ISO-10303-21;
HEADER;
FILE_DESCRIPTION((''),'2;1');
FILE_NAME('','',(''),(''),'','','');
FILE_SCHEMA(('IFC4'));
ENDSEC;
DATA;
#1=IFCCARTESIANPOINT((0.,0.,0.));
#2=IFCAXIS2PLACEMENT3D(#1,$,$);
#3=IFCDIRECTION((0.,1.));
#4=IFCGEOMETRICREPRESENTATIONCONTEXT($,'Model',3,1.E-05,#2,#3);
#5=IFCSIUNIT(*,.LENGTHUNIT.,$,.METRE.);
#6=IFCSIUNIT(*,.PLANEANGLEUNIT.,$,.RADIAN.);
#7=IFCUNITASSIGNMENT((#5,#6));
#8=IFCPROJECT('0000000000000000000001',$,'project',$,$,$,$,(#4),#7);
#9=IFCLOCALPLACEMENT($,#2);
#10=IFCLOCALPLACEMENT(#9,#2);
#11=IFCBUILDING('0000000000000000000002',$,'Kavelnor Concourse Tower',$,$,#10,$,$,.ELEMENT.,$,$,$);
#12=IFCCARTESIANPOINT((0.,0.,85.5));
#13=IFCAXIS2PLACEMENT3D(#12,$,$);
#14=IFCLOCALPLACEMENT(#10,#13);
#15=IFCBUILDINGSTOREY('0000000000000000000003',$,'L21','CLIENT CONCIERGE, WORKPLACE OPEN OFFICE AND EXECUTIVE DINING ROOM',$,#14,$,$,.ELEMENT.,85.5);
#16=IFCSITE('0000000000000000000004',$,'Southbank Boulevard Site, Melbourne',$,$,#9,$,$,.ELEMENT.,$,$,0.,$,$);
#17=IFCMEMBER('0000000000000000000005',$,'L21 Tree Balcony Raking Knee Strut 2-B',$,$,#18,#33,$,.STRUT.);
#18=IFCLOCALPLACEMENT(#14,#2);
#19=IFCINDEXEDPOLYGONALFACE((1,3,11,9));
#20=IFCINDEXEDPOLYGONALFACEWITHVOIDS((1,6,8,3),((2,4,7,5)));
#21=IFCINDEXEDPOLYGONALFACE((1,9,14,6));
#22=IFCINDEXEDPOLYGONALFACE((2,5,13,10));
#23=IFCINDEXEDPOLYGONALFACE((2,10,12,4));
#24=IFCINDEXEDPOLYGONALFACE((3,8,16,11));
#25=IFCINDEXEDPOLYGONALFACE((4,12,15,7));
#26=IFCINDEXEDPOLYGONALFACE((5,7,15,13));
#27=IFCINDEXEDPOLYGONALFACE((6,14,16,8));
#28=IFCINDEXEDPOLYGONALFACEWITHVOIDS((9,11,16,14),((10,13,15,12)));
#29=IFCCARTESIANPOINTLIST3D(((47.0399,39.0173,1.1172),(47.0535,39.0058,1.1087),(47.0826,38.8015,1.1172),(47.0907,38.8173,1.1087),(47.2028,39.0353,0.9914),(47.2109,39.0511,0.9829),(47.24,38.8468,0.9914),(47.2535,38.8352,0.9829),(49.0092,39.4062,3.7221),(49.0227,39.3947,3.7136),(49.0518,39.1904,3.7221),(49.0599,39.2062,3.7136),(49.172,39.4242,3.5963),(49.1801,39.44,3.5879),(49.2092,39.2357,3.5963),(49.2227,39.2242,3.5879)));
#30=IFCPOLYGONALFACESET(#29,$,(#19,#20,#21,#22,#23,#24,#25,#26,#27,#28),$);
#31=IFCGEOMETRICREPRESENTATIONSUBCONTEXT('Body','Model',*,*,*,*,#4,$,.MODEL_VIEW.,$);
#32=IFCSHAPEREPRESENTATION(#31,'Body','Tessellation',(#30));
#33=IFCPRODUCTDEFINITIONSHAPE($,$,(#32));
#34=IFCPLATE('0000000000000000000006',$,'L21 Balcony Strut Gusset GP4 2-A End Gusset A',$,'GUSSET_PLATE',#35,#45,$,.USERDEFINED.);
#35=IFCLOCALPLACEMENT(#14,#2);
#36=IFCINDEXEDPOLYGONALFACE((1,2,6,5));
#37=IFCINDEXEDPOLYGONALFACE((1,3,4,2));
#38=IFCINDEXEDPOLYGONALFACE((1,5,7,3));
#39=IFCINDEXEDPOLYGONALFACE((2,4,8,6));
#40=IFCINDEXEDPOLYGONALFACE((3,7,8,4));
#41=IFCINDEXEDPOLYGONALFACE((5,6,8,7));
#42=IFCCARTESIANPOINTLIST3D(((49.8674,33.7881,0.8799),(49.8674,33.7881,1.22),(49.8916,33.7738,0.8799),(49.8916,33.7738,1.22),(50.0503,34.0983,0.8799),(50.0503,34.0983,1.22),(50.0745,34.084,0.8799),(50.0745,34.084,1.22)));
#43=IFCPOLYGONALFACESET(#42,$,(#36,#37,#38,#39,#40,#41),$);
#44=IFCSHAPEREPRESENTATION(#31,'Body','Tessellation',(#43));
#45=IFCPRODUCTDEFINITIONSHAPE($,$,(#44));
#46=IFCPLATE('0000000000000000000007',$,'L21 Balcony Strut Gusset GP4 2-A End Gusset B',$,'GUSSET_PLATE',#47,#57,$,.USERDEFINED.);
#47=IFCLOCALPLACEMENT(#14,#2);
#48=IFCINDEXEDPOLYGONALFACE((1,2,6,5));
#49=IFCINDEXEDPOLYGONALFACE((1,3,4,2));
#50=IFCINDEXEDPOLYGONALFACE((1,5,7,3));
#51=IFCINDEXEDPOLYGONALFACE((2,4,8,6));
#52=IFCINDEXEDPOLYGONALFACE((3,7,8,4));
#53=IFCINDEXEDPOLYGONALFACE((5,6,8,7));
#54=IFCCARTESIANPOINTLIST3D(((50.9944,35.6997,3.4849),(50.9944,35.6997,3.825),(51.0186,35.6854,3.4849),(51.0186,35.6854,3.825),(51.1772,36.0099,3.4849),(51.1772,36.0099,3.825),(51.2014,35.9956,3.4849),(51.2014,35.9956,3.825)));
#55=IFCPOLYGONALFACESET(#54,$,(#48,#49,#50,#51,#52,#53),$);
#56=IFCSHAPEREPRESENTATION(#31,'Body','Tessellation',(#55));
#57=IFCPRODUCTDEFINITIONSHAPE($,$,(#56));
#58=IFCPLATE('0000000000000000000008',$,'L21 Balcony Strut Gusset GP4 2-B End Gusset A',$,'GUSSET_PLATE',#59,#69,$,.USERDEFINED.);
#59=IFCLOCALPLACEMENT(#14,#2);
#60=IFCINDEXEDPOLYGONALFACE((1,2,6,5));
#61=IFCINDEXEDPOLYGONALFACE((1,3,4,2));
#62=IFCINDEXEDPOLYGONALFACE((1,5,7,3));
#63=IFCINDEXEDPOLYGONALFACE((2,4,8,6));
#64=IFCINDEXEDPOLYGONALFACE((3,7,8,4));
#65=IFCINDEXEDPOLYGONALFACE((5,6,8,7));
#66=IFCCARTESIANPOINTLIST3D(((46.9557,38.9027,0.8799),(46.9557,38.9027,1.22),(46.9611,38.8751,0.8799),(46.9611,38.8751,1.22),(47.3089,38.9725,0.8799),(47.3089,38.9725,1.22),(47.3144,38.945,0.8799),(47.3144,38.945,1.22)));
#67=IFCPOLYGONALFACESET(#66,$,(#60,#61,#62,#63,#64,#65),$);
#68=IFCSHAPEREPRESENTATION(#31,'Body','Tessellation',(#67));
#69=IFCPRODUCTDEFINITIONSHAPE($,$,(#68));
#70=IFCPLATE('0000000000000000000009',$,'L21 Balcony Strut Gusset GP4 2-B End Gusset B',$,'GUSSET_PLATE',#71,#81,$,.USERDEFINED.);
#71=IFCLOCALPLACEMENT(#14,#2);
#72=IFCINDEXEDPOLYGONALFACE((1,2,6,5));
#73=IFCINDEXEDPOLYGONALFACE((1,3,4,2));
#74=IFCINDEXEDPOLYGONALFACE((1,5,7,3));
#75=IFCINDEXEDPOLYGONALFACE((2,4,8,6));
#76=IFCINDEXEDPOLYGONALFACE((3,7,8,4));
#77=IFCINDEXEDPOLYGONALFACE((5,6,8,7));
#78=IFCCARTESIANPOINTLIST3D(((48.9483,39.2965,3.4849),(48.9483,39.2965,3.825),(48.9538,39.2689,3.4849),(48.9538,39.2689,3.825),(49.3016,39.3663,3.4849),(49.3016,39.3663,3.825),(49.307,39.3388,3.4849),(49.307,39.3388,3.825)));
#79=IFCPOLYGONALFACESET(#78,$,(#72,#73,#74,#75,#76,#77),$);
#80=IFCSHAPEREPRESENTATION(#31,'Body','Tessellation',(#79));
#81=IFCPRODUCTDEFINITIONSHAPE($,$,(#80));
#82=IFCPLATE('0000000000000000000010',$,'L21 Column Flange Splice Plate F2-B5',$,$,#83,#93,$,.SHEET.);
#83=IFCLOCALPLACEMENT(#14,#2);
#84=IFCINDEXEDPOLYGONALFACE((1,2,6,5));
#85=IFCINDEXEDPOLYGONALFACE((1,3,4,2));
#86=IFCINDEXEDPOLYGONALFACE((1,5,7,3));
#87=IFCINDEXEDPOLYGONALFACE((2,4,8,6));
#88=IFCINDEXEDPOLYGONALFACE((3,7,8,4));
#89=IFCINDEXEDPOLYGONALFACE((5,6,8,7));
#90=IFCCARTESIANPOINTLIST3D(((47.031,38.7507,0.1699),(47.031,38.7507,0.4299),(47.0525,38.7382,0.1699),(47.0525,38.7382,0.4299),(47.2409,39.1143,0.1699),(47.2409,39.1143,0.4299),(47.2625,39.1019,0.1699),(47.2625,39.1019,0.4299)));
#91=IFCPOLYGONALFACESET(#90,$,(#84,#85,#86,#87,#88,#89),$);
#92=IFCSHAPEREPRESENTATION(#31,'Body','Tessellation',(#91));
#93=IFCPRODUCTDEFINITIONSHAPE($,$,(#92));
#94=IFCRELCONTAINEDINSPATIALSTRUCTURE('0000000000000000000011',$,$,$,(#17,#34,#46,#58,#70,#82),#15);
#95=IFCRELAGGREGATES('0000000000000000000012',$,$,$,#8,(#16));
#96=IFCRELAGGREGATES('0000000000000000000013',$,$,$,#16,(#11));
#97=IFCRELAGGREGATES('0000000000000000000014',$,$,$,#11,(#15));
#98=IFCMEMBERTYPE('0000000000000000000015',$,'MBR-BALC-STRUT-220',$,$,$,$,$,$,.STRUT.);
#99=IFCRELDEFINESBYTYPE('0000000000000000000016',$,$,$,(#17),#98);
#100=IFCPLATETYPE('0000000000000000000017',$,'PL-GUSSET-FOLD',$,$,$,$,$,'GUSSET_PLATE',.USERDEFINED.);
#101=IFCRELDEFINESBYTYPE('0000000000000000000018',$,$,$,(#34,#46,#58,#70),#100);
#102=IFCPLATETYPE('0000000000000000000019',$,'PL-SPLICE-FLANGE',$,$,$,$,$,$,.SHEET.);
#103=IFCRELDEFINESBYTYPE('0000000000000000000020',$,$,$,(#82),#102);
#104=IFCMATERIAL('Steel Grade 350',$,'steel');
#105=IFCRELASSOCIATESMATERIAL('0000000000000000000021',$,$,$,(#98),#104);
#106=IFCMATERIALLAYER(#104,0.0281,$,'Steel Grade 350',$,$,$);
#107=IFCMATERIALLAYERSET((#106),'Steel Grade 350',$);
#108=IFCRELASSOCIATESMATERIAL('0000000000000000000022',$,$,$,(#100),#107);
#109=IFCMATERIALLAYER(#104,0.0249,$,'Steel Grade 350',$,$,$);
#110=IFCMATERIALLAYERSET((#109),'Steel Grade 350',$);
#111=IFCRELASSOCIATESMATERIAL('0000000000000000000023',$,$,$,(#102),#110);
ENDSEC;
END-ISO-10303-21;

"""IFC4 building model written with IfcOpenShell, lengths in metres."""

from ifc_helpers import new_model, si_unit, direction, frame, origin, origin_2d, place, context, subcontext, project, spatial, rectangle, hollow_rectangle, extrude, material, layer, layer_set, material_profile, profile_set, type_object, element, save


model = new_model("IFC4")

# Units and contexts
model_context = context("Model", 3, precision=1e-05, world=origin(), true_north=direction((0.0, 1.0)))
body_context = subcontext(model_context, "Body", "Model", "MODEL_VIEW")
ifc_project = project(units=[si_unit("LENGTHUNIT", "METRE"), si_unit("PLANEANGLEUNIT", "RADIAN")], contexts=[model_context])

# Site, building, storey
site_placement = place(None, origin())
site = spatial("IfcSite", under=ifc_project, at=site_placement, Name="Southbank Boulevard Site, Melbourne", CompositionType="ELEMENT", RefElevation=0.0)
building_placement = place(site_placement, origin())
building = spatial("IfcBuilding", under=site, at=building_placement, Name="Kavelnor Concourse Tower", CompositionType="ELEMENT")
storey_placement = place(building_placement, frame((0.0, 0.0, 85.5)))
storey = spatial("IfcBuildingStorey", under=building, at=storey_placement, Name="L21", Description="CLIENT CONCIERGE, WORKPLACE OPEN OFFICE AND EXECUTIVE DINING ROOM", CompositionType="ELEMENT", Elevation=85.5)

# Shared definitions
ifc_material_1 = material(Name="Steel Grade 350", Category="steel")

# Member
ifc_material_profile_1 = material_profile(ifc_material_1, hollow_rectangle(XDim=0.22, YDim=0.22, WallThickness=0.0139, at=origin_2d()), Name="SHS 220x220x14")
ifc_profile_set_1 = profile_set([ifc_material_profile_1], Name="Steel Grade 350")
member_type = type_object("IfcMemberType", Name="MBR-BALC-STRUT-220", PredefinedType="STRUT", material=ifc_profile_set_1)
member_1_placement = place(storey_placement, frame((47.1467, 38.9263, 1.05), z_axis=(0.598802, 0.118261, 0.792118), x_axis=(-0.193753, 0.98105, 0.0)))
element("IfcMember", 1, at=member_1_placement, inside=storey, type_object=member_type, Name="L21 Tree Balcony Raking Knee Strut 2-B", PredefinedType="STRUT", context=body_context, shape_type="SweptSolid", body=[
    extrude(hollow_rectangle(XDim=0.22, YDim=0.22, WallThickness=0.0139, at=origin_2d()), origin(), (0.0, 0.0, 1.0), 3.2886),
])

# Plates
ifc_layer_1 = layer(ifc_material_1, 0.0281, Name="Steel Grade 350")
ifc_layer_set_1 = layer_set([ifc_layer_1], Name="Steel Grade 350")
plate_type_1 = type_object("IfcPlateType", Name="PL-GUSSET-FOLD", ElementType="GUSSET_PLATE", PredefinedType="USERDEFINED", material=ifc_layer_set_1)
for number, where, z_axis, x_axis, name in (
    (2, (49.9709, 33.936, 0.8799), (0.0, 0.0, 1.0), (0.507839, 0.861452, 0.0), "L21 Balcony Strut Gusset GP4 2-A End Gusset A"),
    (3, (51.0979, 35.8477, 3.4849), (0.0, 0.0, 1.0), (0.507839, 0.861452, 0.0), "L21 Balcony Strut Gusset GP4 2-A End Gusset B"),
    (4, (47.135, 38.9238, 0.8799), (0.0, 0.0, 1.0), (0.981023, 0.193892, 0.0), "L21 Balcony Strut Gusset GP4 2-B End Gusset A"),
    (5, (49.1277, 39.3176, 3.4849), (0.0, 0.0, 1.0), (0.981023, 0.193892, 0.0), "L21 Balcony Strut Gusset GP4 2-B End Gusset B"),
):
    element("IfcPlate", number, at=place(storey_placement, frame(where, z_axis=z_axis, x_axis=x_axis)), inside=storey, type_object=plate_type_1, Name=name, ObjectType="GUSSET_PLATE", PredefinedType="USERDEFINED", context=body_context, shape_type="SweptSolid", body=[
        extrude(rectangle(XDim=0.3601, YDim=0.0281, at=origin_2d()), origin(), (0.0, 0.0, 1.0), 0.3401),
    ])
ifc_layer_2 = layer(ifc_material_1, 0.0249, Name="Steel Grade 350")
ifc_layer_set_2 = layer_set([ifc_layer_2], Name="Steel Grade 350")
plate_type_2 = type_object("IfcPlateType", Name="PL-SPLICE-FLANGE", PredefinedType="SHEET", material=ifc_layer_set_2)
plate_placement = place(storey_placement, frame((47.1467, 38.9263, 0.1699), z_axis=(0.0, 0.0, 1.0), x_axis=(-0.5, -0.866025, 0.0)))
element("IfcPlate", 6, at=plate_placement, inside=storey, type_object=plate_type_2, Name="L21 Column Flange Splice Plate F2-B5", PredefinedType="SHEET", context=body_context, shape_type="SweptSolid", body=[
    extrude(rectangle(XDim=0.4199, YDim=0.0249, at=origin_2d()), origin(), (0.0, 0.0, 1.0), 0.26),
])

save(model, "model.ifc")
